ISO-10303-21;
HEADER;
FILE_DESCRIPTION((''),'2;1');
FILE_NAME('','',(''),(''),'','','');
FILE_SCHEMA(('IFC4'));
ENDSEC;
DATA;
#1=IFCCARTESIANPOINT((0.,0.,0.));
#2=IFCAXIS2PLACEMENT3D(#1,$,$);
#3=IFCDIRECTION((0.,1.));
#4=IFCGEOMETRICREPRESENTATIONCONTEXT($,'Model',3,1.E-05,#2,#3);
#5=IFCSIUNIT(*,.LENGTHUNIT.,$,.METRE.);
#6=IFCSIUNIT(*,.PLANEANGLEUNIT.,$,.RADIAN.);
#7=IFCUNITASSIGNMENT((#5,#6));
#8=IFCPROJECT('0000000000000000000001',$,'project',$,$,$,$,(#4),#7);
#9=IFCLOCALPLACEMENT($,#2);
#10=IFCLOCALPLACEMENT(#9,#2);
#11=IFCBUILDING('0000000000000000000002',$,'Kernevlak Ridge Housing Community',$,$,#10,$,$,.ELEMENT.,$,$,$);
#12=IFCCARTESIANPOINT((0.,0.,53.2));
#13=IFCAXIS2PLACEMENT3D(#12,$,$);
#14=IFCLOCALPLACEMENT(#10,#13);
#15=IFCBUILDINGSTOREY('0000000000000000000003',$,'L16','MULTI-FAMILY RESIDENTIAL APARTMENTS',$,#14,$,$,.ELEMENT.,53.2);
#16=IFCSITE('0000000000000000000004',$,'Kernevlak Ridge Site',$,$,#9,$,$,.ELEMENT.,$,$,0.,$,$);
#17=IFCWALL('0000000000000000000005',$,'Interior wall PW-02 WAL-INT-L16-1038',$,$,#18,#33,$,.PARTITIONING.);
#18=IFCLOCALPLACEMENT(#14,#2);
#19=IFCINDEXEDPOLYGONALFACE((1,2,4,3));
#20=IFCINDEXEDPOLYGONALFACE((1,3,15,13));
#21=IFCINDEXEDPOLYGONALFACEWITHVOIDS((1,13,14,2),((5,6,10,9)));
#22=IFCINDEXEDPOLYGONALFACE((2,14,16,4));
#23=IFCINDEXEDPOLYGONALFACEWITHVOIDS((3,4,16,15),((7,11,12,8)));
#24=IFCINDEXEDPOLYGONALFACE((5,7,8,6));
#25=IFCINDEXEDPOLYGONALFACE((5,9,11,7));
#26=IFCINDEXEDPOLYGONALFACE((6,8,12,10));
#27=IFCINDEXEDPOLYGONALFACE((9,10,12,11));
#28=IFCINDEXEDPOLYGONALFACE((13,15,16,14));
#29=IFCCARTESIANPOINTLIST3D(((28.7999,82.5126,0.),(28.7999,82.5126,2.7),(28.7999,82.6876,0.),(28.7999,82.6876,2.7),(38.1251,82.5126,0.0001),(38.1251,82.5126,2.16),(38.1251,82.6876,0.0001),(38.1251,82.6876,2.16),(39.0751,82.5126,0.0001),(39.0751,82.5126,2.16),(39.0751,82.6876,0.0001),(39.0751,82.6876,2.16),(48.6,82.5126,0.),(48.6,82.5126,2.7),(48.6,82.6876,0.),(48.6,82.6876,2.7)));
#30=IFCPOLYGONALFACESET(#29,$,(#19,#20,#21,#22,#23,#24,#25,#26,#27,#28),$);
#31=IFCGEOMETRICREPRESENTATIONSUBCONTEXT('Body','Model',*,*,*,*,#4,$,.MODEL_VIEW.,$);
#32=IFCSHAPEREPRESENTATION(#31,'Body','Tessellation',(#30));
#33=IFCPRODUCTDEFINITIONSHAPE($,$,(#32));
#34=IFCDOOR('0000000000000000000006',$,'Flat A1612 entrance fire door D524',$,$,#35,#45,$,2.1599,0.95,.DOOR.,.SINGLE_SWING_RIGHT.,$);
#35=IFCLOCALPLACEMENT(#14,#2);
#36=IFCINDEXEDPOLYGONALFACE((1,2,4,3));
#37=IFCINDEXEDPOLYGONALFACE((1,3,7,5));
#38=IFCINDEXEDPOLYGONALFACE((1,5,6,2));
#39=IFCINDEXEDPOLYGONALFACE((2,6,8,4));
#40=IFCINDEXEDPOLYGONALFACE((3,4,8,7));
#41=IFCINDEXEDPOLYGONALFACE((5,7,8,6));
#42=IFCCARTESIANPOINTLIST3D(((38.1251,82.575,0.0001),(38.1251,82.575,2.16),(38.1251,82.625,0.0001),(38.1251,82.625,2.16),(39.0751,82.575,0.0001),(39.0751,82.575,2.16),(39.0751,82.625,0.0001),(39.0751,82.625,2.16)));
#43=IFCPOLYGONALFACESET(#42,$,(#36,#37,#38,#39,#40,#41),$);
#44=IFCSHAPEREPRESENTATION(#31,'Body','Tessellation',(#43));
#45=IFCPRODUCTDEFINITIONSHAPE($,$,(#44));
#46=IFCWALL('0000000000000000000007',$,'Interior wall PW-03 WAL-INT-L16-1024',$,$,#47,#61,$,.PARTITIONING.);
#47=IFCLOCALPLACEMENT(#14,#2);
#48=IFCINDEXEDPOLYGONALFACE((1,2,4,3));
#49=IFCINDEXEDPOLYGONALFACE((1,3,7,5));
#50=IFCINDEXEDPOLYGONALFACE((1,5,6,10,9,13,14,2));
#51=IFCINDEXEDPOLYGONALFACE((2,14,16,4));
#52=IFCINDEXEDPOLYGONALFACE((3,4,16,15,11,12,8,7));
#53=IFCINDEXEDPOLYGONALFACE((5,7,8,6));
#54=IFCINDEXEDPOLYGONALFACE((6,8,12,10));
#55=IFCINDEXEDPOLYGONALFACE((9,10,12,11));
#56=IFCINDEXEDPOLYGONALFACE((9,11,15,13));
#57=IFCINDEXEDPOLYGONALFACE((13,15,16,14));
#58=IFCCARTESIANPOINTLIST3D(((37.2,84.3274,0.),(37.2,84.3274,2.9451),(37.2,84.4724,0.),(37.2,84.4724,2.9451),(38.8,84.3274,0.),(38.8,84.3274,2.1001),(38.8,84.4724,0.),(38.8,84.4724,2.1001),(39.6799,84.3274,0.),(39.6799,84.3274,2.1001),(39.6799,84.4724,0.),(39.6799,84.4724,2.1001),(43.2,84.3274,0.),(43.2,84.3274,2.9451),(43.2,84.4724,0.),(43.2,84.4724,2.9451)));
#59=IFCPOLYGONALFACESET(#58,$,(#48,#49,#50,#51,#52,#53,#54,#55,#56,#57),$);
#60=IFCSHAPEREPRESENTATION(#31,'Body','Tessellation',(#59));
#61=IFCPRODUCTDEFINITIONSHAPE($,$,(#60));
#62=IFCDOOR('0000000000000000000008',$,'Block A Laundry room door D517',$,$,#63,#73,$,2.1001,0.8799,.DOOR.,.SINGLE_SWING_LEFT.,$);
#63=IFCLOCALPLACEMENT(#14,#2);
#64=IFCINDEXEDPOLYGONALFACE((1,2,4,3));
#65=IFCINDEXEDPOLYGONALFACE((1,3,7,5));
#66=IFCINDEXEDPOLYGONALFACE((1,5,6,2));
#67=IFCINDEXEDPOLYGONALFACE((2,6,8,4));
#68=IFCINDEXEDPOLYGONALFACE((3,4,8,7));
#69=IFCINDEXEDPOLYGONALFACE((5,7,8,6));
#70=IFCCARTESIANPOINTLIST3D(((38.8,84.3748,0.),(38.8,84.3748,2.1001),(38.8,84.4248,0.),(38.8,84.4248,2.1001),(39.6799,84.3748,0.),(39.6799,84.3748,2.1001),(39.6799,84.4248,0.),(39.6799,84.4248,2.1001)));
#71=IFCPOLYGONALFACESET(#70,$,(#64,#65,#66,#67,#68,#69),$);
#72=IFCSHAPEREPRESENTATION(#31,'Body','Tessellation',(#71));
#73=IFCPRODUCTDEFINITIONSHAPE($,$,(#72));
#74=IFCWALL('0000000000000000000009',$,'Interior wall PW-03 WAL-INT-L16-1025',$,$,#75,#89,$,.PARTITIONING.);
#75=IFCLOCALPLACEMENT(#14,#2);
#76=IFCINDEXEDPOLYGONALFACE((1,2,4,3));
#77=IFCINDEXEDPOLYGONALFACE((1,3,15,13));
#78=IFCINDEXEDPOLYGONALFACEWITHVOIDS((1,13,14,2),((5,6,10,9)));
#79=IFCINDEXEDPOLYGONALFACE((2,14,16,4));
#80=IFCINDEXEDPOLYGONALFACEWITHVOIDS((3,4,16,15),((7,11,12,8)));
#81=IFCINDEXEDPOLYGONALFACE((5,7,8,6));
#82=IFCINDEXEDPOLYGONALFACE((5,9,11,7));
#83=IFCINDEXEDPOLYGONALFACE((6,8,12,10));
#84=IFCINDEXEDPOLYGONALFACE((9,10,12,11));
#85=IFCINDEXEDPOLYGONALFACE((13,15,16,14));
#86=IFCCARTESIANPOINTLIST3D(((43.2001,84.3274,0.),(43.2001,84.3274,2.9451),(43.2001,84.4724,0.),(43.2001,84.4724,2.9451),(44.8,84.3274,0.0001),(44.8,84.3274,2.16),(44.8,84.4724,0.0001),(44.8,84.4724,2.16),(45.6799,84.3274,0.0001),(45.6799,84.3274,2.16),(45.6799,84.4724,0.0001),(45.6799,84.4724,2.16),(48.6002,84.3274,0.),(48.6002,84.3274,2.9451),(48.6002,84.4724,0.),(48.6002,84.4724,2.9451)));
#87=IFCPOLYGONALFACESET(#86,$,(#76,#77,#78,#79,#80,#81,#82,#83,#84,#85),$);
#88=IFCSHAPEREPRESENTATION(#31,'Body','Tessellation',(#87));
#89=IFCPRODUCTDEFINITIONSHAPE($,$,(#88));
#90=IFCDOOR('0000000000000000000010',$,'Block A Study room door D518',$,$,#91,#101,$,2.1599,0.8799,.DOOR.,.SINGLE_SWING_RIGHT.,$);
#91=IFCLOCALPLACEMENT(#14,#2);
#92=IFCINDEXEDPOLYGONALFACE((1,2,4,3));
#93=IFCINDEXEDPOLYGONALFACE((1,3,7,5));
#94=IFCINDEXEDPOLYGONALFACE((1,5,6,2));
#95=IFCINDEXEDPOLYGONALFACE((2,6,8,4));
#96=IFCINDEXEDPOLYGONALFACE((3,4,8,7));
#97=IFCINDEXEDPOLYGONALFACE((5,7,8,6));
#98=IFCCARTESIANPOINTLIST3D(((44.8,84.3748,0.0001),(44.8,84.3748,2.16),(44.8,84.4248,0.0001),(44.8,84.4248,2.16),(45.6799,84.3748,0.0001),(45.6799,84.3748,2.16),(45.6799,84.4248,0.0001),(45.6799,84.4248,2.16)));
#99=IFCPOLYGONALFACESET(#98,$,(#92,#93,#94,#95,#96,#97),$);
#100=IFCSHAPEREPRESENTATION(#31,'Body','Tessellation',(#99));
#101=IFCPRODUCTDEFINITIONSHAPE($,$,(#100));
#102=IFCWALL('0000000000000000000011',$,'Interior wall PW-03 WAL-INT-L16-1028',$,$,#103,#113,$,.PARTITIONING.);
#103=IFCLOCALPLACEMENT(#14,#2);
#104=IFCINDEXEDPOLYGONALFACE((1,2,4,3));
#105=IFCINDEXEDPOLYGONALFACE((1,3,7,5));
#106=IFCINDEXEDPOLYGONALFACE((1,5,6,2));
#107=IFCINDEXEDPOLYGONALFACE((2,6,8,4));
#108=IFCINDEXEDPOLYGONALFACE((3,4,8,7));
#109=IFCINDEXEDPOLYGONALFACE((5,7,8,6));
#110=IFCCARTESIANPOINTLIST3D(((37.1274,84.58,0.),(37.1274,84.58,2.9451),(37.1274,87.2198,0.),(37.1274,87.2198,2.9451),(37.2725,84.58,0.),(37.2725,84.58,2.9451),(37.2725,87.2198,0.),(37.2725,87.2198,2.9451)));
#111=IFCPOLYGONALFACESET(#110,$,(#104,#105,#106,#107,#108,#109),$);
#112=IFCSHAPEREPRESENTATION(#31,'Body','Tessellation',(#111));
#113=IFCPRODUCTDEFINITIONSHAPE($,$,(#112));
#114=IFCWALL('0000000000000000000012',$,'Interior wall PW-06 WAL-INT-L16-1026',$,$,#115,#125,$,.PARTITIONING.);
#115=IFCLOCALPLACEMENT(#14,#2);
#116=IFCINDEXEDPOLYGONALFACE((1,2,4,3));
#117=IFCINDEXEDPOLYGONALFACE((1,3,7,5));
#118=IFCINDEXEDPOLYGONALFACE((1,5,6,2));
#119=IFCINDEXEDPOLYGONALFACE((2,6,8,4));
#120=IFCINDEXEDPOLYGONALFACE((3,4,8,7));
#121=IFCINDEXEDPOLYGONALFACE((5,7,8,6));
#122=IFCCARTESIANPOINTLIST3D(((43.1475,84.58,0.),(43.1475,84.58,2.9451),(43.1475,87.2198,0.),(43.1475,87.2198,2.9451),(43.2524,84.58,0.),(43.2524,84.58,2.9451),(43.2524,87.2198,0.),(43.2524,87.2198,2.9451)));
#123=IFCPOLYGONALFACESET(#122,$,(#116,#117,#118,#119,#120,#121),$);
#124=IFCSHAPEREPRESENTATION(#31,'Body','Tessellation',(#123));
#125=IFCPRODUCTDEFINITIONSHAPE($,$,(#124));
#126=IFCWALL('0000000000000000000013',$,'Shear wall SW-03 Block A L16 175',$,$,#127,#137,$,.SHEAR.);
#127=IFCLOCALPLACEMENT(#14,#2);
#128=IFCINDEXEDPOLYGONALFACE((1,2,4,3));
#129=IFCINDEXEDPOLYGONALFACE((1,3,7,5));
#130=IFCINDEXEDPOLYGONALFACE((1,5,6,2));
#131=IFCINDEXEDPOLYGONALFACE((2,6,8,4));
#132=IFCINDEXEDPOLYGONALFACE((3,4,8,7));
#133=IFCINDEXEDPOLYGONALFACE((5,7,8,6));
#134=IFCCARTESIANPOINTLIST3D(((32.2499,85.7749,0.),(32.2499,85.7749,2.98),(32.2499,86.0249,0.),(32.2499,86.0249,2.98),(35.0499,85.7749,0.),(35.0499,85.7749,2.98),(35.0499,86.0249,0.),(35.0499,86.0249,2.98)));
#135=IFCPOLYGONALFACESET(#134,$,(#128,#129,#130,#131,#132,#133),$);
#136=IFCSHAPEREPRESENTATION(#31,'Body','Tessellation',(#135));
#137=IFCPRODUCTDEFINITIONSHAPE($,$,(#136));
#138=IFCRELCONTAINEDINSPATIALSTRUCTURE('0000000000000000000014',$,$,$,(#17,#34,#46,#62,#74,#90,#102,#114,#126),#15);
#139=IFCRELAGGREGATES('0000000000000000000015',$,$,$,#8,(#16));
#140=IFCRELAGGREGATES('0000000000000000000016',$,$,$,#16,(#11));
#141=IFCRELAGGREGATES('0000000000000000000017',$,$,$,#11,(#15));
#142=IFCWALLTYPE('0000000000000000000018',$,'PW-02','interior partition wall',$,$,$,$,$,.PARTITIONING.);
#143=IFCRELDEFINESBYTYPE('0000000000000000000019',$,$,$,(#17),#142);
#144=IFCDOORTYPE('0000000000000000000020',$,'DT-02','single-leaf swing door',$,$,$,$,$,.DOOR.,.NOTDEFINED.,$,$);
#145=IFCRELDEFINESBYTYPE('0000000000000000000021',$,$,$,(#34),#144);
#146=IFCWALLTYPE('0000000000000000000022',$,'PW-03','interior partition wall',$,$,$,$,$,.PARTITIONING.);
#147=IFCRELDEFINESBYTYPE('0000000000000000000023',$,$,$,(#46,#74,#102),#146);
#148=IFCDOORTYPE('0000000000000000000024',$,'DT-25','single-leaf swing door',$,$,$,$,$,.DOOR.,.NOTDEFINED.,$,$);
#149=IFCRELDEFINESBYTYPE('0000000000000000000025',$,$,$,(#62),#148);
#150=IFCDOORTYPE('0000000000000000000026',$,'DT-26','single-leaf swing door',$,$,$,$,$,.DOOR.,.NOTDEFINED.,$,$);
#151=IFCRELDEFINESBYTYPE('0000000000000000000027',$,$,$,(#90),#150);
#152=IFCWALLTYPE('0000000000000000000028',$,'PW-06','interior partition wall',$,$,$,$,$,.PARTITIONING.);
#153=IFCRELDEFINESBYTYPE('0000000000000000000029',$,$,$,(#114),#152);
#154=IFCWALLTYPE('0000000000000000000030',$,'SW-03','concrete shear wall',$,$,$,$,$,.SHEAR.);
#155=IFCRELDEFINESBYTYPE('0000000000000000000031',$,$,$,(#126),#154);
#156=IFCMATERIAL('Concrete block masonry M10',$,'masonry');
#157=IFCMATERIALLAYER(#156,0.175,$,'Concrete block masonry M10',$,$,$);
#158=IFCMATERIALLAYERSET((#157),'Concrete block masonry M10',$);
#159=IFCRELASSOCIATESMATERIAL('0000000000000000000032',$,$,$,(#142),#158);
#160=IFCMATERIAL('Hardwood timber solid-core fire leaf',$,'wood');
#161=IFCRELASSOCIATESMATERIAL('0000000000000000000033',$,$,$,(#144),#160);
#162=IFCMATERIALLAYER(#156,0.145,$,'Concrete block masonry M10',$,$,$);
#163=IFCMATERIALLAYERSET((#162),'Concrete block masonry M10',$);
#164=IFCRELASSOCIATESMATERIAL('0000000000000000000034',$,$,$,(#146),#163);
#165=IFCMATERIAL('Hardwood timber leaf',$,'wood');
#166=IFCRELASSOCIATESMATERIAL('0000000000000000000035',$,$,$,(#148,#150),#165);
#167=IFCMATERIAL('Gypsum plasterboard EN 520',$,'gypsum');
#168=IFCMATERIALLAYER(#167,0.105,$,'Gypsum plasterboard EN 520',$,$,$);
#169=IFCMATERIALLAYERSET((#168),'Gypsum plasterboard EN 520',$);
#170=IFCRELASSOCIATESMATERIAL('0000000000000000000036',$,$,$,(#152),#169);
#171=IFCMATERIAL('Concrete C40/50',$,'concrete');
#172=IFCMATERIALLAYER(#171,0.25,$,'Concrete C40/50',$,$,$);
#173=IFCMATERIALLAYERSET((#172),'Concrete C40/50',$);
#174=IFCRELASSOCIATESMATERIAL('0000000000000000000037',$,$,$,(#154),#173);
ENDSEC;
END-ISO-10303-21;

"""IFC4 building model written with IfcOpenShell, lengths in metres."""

from ifc_helpers import new_model, si_unit, direction, frame, frame_2d, origin, place, context, subcontext, project, spatial, rectangle, extrude, material, layer, layer_set, type_object, element, fill, save


model = new_model("IFC4")

# Units and contexts
model_context = context("Model", 3, precision=1e-05, world=origin(), true_north=direction((0.0, 1.0)))
body_context = subcontext(model_context, "Body", "Model", "MODEL_VIEW")
ifc_project = project(units=[si_unit("LENGTHUNIT", "METRE"), si_unit("PLANEANGLEUNIT", "RADIAN")], contexts=[model_context])

# Site, building, storey
site_placement = place(None, origin())
site = spatial("IfcSite", under=ifc_project, at=site_placement, Name="Kernevlak Ridge Site", CompositionType="ELEMENT", RefElevation=0.0)
building_placement = place(site_placement, origin())
building = spatial("IfcBuilding", under=site, at=building_placement, Name="Kernevlak Ridge Housing Community", CompositionType="ELEMENT")
storey_placement = place(building_placement, frame((0.0, 0.0, 53.2)))
storey = spatial("IfcBuildingStorey", under=building, at=storey_placement, Name="L16", Description="MULTI-FAMILY RESIDENTIAL APARTMENTS", CompositionType="ELEMENT", Elevation=53.2)

# Shared definitions
ifc_material_1 = material(Name="Concrete block masonry M10", Category="masonry")
ifc_layer_1 = layer(ifc_material_1, 0.175, Name="Concrete block masonry M10")
ifc_layer_set_1 = layer_set([ifc_layer_1], Name="Concrete block masonry M10")
wall_type_1 = type_object("IfcWallType", Name="PW-02", Description="interior partition wall", PredefinedType="PARTITIONING", material=ifc_layer_set_1)

# Walls, openings, doors
wall_1_placement = place(storey_placement, frame((28.8, 82.6001, 0.0), z_axis=(0.0, 0.0, 1.0), x_axis=(1.0, 0.0, 0.0)))
wall_1 = element("IfcWall", 1, at=wall_1_placement, inside=storey, type_object=wall_type_1, Name="Interior wall PW-02 WAL-INT-L16-1038", PredefinedType="PARTITIONING", context=body_context, shape_type="SweptSolid", body=[
    extrude(rectangle(XDim=19.8, YDim=0.175, at=frame_2d((9.8999, 0.0))), origin(), (0.0, 0.0, 1.0), 2.7),
])
opening_1_placement = place(wall_1_placement, frame((9.325, 0.0, 0.0)))
opening_1 = element("IfcOpeningElement", 2, at=opening_1_placement, cuts=wall_1, PredefinedType="OPENING", context=body_context, shape_type="SweptSolid", body=[
    extrude(rectangle(XDim=0.95, YDim=2.1599, at=frame_2d((0.4751, 1.0801))), frame((0.0, 0.0974, 0.0), z_axis=(0.0, -1.0, 0.0), x_axis=(1.0, 0.0, 0.0)), (0.0, 0.0, 1.0), 0.1951),
])
ifc_material_2 = material(Name="Hardwood timber solid-core fire leaf", Category="wood")
door_type_1 = type_object("IfcDoorType", Name="DT-02", Description="single-leaf swing door", OperationType="NOTDEFINED", PredefinedType="DOOR", material=ifc_material_2)
door_1_placement = place(opening_1_placement, origin())
door_1 = element("IfcDoor", 3, at=door_1_placement, inside=storey, type_object=door_type_1, Name="Flat A1612 entrance fire door D524", OperationType="SINGLE_SWING_RIGHT", OverallHeight=2.1599, OverallWidth=0.95, PredefinedType="DOOR", context=body_context, shape_type="SweptSolid", body=[
    extrude(rectangle(XDim=0.95, YDim=2.1599, at=frame_2d((0.4751, 1.0801))), frame((0.0, 0.0249, 0.0), z_axis=(0.0, -1.0, 0.0), x_axis=(1.0, 0.0, 0.0)), (0.0, 0.0, 1.0), 0.05),
])
fill(opening_1, door_1)
ifc_layer_2 = layer(ifc_material_1, 0.145, Name="Concrete block masonry M10")
ifc_layer_set_2 = layer_set([ifc_layer_2], Name="Concrete block masonry M10")
wall_type_2 = type_object("IfcWallType", Name="PW-03", Description="interior partition wall", PredefinedType="PARTITIONING", material=ifc_layer_set_2)
wall_2_placement = place(storey_placement, frame((37.2, 84.3999, 0.0), z_axis=(0.0, 0.0, 1.0), x_axis=(1.0, 0.0, 0.0)))
wall_2 = element("IfcWall", 4, at=wall_2_placement, inside=storey, type_object=wall_type_2, Name="Interior wall PW-03 WAL-INT-L16-1024", PredefinedType="PARTITIONING", context=body_context, shape_type="SweptSolid", body=[
    extrude(rectangle(XDim=6.0, YDim=0.145, at=frame_2d((3.0, 0.0))), origin(), (0.0, 0.0, 1.0), 2.9451),
])
opening_2_placement = place(wall_2_placement, frame((1.6001, 0.0, 0.0)))
opening_2 = element("IfcOpeningElement", 5, at=opening_2_placement, cuts=wall_2, PredefinedType="OPENING", context=body_context, shape_type="SweptSolid", body=[
    extrude(rectangle(XDim=0.8799, YDim=2.1001, at=frame_2d((0.4399, 1.05))), frame((0.0, 0.0825, 0.0), z_axis=(0.0, -1.0, 0.0), x_axis=(1.0, 0.0, 0.0)), (0.0, 0.0, 1.0), 0.165),
])
ifc_material_3 = material(Name="Hardwood timber leaf", Category="wood")
door_type_2 = type_object("IfcDoorType", Name="DT-25", Description="single-leaf swing door", OperationType="NOTDEFINED", PredefinedType="DOOR", material=ifc_material_3)
door_2_placement = place(opening_2_placement, origin())
door_2 = element("IfcDoor", 6, at=door_2_placement, inside=storey, type_object=door_type_2, Name="Block A Laundry room door D517", OperationType="SINGLE_SWING_LEFT", OverallHeight=2.1001, OverallWidth=0.8799, PredefinedType="DOOR", context=body_context, shape_type="SweptSolid", body=[
    extrude(rectangle(XDim=0.8799, YDim=2.1001, at=frame_2d((0.4399, 1.05))), frame((0.0, 0.0249, 0.0), z_axis=(0.0, -1.0, 0.0), x_axis=(1.0, 0.0, 0.0)), (0.0, 0.0, 1.0), 0.05),
])
fill(opening_2, door_2)
wall_3_placement = place(storey_placement, frame((43.2, 84.3999, 0.0), z_axis=(0.0, 0.0, 1.0), x_axis=(1.0, 0.0, 0.0)))
wall_3 = element("IfcWall", 7, at=wall_3_placement, inside=storey, type_object=wall_type_2, Name="Interior wall PW-03 WAL-INT-L16-1025", PredefinedType="PARTITIONING", context=body_context, shape_type="SweptSolid", body=[
    extrude(rectangle(XDim=5.4001, YDim=0.145, at=frame_2d((2.7002, 0.0))), origin(), (0.0, 0.0, 1.0), 2.9451),
])
opening_3_placement = place(wall_3_placement, frame((1.6001, 0.0, 0.0)))
opening_3 = element("IfcOpeningElement", 8, at=opening_3_placement, cuts=wall_3, PredefinedType="OPENING", context=body_context, shape_type="SweptSolid", body=[
    extrude(rectangle(XDim=0.8799, YDim=2.1599, at=frame_2d((0.4399, 1.0801))), frame((0.0, 0.0825, 0.0), z_axis=(0.0, -1.0, 0.0), x_axis=(1.0, 0.0, 0.0)), (0.0, 0.0, 1.0), 0.165),
])
door_type_3 = type_object("IfcDoorType", Name="DT-26", Description="single-leaf swing door", OperationType="NOTDEFINED", PredefinedType="DOOR", material=ifc_material_3)
door_3_placement = place(opening_3_placement, origin())
door_3 = element("IfcDoor", 9, at=door_3_placement, inside=storey, type_object=door_type_3, Name="Block A Study room door D518", OperationType="SINGLE_SWING_RIGHT", OverallHeight=2.1599, OverallWidth=0.8799, PredefinedType="DOOR", context=body_context, shape_type="SweptSolid", body=[
    extrude(rectangle(XDim=0.8799, YDim=2.1599, at=frame_2d((0.4399, 1.0801))), frame((0.0, 0.0249, 0.0), z_axis=(0.0, -1.0, 0.0), x_axis=(1.0, 0.0, 0.0)), (0.0, 0.0, 1.0), 0.05),
])
fill(opening_3, door_3)

# Walls
wall_4_placement = place(storey_placement, frame((37.2, 84.5801, 0.0), z_axis=(0.0, 0.0, 1.0), x_axis=(0.0, 1.0, 0.0)))
element("IfcWall", 10, at=wall_4_placement, inside=storey, type_object=wall_type_2, Name="Interior wall PW-03 WAL-INT-L16-1028", PredefinedType="PARTITIONING", context=body_context, shape_type="SweptSolid", body=[
    extrude(rectangle(XDim=2.6399, YDim=0.145, at=frame_2d((1.3198, 0.0))), origin(), (0.0, 0.0, 1.0), 2.9451),
])
ifc_material_4 = material(Name="Gypsum plasterboard EN 520", Category="gypsum")
ifc_layer_3 = layer(ifc_material_4, 0.105, Name="Gypsum plasterboard EN 520")
ifc_layer_set_3 = layer_set([ifc_layer_3], Name="Gypsum plasterboard EN 520")
wall_type_3 = type_object("IfcWallType", Name="PW-06", Description="interior partition wall", PredefinedType="PARTITIONING", material=ifc_layer_set_3)
wall_5_placement = place(storey_placement, frame((43.2, 84.5801, 0.0), z_axis=(0.0, 0.0, 1.0), x_axis=(0.0, 1.0, 0.0)))
element("IfcWall", 11, at=wall_5_placement, inside=storey, type_object=wall_type_3, Name="Interior wall PW-06 WAL-INT-L16-1026", PredefinedType="PARTITIONING", context=body_context, shape_type="SweptSolid", body=[
    extrude(rectangle(XDim=2.6399, YDim=0.105, at=frame_2d((1.3198, 0.0))), origin(), (0.0, 0.0, 1.0), 2.9451),
])
ifc_material_5 = material(Name="Concrete C40/50", Category="concrete")
ifc_layer_4 = layer(ifc_material_5, 0.25, Name="Concrete C40/50")
ifc_layer_set_4 = layer_set([ifc_layer_4], Name="Concrete C40/50")
wall_type_4 = type_object("IfcWallType", Name="SW-03", Description="concrete shear wall", PredefinedType="SHEAR", material=ifc_layer_set_4)
wall_6_placement = place(storey_placement, frame((32.25, 85.8999, 0.0), z_axis=(0.0, 0.0, 1.0), x_axis=(1.0, 0.0, 0.0)))
element("IfcWall", 12, at=wall_6_placement, inside=storey, type_object=wall_type_4, Name="Shear wall SW-03 Block A L16 175", PredefinedType="SHEAR", context=body_context, shape_type="SweptSolid", body=[
    extrude(rectangle(XDim=2.8, YDim=0.25, at=frame_2d((1.3999, 0.0))), origin(), (0.0, 0.0, 1.0), 2.98),
])

save(model, "model.ifc")
